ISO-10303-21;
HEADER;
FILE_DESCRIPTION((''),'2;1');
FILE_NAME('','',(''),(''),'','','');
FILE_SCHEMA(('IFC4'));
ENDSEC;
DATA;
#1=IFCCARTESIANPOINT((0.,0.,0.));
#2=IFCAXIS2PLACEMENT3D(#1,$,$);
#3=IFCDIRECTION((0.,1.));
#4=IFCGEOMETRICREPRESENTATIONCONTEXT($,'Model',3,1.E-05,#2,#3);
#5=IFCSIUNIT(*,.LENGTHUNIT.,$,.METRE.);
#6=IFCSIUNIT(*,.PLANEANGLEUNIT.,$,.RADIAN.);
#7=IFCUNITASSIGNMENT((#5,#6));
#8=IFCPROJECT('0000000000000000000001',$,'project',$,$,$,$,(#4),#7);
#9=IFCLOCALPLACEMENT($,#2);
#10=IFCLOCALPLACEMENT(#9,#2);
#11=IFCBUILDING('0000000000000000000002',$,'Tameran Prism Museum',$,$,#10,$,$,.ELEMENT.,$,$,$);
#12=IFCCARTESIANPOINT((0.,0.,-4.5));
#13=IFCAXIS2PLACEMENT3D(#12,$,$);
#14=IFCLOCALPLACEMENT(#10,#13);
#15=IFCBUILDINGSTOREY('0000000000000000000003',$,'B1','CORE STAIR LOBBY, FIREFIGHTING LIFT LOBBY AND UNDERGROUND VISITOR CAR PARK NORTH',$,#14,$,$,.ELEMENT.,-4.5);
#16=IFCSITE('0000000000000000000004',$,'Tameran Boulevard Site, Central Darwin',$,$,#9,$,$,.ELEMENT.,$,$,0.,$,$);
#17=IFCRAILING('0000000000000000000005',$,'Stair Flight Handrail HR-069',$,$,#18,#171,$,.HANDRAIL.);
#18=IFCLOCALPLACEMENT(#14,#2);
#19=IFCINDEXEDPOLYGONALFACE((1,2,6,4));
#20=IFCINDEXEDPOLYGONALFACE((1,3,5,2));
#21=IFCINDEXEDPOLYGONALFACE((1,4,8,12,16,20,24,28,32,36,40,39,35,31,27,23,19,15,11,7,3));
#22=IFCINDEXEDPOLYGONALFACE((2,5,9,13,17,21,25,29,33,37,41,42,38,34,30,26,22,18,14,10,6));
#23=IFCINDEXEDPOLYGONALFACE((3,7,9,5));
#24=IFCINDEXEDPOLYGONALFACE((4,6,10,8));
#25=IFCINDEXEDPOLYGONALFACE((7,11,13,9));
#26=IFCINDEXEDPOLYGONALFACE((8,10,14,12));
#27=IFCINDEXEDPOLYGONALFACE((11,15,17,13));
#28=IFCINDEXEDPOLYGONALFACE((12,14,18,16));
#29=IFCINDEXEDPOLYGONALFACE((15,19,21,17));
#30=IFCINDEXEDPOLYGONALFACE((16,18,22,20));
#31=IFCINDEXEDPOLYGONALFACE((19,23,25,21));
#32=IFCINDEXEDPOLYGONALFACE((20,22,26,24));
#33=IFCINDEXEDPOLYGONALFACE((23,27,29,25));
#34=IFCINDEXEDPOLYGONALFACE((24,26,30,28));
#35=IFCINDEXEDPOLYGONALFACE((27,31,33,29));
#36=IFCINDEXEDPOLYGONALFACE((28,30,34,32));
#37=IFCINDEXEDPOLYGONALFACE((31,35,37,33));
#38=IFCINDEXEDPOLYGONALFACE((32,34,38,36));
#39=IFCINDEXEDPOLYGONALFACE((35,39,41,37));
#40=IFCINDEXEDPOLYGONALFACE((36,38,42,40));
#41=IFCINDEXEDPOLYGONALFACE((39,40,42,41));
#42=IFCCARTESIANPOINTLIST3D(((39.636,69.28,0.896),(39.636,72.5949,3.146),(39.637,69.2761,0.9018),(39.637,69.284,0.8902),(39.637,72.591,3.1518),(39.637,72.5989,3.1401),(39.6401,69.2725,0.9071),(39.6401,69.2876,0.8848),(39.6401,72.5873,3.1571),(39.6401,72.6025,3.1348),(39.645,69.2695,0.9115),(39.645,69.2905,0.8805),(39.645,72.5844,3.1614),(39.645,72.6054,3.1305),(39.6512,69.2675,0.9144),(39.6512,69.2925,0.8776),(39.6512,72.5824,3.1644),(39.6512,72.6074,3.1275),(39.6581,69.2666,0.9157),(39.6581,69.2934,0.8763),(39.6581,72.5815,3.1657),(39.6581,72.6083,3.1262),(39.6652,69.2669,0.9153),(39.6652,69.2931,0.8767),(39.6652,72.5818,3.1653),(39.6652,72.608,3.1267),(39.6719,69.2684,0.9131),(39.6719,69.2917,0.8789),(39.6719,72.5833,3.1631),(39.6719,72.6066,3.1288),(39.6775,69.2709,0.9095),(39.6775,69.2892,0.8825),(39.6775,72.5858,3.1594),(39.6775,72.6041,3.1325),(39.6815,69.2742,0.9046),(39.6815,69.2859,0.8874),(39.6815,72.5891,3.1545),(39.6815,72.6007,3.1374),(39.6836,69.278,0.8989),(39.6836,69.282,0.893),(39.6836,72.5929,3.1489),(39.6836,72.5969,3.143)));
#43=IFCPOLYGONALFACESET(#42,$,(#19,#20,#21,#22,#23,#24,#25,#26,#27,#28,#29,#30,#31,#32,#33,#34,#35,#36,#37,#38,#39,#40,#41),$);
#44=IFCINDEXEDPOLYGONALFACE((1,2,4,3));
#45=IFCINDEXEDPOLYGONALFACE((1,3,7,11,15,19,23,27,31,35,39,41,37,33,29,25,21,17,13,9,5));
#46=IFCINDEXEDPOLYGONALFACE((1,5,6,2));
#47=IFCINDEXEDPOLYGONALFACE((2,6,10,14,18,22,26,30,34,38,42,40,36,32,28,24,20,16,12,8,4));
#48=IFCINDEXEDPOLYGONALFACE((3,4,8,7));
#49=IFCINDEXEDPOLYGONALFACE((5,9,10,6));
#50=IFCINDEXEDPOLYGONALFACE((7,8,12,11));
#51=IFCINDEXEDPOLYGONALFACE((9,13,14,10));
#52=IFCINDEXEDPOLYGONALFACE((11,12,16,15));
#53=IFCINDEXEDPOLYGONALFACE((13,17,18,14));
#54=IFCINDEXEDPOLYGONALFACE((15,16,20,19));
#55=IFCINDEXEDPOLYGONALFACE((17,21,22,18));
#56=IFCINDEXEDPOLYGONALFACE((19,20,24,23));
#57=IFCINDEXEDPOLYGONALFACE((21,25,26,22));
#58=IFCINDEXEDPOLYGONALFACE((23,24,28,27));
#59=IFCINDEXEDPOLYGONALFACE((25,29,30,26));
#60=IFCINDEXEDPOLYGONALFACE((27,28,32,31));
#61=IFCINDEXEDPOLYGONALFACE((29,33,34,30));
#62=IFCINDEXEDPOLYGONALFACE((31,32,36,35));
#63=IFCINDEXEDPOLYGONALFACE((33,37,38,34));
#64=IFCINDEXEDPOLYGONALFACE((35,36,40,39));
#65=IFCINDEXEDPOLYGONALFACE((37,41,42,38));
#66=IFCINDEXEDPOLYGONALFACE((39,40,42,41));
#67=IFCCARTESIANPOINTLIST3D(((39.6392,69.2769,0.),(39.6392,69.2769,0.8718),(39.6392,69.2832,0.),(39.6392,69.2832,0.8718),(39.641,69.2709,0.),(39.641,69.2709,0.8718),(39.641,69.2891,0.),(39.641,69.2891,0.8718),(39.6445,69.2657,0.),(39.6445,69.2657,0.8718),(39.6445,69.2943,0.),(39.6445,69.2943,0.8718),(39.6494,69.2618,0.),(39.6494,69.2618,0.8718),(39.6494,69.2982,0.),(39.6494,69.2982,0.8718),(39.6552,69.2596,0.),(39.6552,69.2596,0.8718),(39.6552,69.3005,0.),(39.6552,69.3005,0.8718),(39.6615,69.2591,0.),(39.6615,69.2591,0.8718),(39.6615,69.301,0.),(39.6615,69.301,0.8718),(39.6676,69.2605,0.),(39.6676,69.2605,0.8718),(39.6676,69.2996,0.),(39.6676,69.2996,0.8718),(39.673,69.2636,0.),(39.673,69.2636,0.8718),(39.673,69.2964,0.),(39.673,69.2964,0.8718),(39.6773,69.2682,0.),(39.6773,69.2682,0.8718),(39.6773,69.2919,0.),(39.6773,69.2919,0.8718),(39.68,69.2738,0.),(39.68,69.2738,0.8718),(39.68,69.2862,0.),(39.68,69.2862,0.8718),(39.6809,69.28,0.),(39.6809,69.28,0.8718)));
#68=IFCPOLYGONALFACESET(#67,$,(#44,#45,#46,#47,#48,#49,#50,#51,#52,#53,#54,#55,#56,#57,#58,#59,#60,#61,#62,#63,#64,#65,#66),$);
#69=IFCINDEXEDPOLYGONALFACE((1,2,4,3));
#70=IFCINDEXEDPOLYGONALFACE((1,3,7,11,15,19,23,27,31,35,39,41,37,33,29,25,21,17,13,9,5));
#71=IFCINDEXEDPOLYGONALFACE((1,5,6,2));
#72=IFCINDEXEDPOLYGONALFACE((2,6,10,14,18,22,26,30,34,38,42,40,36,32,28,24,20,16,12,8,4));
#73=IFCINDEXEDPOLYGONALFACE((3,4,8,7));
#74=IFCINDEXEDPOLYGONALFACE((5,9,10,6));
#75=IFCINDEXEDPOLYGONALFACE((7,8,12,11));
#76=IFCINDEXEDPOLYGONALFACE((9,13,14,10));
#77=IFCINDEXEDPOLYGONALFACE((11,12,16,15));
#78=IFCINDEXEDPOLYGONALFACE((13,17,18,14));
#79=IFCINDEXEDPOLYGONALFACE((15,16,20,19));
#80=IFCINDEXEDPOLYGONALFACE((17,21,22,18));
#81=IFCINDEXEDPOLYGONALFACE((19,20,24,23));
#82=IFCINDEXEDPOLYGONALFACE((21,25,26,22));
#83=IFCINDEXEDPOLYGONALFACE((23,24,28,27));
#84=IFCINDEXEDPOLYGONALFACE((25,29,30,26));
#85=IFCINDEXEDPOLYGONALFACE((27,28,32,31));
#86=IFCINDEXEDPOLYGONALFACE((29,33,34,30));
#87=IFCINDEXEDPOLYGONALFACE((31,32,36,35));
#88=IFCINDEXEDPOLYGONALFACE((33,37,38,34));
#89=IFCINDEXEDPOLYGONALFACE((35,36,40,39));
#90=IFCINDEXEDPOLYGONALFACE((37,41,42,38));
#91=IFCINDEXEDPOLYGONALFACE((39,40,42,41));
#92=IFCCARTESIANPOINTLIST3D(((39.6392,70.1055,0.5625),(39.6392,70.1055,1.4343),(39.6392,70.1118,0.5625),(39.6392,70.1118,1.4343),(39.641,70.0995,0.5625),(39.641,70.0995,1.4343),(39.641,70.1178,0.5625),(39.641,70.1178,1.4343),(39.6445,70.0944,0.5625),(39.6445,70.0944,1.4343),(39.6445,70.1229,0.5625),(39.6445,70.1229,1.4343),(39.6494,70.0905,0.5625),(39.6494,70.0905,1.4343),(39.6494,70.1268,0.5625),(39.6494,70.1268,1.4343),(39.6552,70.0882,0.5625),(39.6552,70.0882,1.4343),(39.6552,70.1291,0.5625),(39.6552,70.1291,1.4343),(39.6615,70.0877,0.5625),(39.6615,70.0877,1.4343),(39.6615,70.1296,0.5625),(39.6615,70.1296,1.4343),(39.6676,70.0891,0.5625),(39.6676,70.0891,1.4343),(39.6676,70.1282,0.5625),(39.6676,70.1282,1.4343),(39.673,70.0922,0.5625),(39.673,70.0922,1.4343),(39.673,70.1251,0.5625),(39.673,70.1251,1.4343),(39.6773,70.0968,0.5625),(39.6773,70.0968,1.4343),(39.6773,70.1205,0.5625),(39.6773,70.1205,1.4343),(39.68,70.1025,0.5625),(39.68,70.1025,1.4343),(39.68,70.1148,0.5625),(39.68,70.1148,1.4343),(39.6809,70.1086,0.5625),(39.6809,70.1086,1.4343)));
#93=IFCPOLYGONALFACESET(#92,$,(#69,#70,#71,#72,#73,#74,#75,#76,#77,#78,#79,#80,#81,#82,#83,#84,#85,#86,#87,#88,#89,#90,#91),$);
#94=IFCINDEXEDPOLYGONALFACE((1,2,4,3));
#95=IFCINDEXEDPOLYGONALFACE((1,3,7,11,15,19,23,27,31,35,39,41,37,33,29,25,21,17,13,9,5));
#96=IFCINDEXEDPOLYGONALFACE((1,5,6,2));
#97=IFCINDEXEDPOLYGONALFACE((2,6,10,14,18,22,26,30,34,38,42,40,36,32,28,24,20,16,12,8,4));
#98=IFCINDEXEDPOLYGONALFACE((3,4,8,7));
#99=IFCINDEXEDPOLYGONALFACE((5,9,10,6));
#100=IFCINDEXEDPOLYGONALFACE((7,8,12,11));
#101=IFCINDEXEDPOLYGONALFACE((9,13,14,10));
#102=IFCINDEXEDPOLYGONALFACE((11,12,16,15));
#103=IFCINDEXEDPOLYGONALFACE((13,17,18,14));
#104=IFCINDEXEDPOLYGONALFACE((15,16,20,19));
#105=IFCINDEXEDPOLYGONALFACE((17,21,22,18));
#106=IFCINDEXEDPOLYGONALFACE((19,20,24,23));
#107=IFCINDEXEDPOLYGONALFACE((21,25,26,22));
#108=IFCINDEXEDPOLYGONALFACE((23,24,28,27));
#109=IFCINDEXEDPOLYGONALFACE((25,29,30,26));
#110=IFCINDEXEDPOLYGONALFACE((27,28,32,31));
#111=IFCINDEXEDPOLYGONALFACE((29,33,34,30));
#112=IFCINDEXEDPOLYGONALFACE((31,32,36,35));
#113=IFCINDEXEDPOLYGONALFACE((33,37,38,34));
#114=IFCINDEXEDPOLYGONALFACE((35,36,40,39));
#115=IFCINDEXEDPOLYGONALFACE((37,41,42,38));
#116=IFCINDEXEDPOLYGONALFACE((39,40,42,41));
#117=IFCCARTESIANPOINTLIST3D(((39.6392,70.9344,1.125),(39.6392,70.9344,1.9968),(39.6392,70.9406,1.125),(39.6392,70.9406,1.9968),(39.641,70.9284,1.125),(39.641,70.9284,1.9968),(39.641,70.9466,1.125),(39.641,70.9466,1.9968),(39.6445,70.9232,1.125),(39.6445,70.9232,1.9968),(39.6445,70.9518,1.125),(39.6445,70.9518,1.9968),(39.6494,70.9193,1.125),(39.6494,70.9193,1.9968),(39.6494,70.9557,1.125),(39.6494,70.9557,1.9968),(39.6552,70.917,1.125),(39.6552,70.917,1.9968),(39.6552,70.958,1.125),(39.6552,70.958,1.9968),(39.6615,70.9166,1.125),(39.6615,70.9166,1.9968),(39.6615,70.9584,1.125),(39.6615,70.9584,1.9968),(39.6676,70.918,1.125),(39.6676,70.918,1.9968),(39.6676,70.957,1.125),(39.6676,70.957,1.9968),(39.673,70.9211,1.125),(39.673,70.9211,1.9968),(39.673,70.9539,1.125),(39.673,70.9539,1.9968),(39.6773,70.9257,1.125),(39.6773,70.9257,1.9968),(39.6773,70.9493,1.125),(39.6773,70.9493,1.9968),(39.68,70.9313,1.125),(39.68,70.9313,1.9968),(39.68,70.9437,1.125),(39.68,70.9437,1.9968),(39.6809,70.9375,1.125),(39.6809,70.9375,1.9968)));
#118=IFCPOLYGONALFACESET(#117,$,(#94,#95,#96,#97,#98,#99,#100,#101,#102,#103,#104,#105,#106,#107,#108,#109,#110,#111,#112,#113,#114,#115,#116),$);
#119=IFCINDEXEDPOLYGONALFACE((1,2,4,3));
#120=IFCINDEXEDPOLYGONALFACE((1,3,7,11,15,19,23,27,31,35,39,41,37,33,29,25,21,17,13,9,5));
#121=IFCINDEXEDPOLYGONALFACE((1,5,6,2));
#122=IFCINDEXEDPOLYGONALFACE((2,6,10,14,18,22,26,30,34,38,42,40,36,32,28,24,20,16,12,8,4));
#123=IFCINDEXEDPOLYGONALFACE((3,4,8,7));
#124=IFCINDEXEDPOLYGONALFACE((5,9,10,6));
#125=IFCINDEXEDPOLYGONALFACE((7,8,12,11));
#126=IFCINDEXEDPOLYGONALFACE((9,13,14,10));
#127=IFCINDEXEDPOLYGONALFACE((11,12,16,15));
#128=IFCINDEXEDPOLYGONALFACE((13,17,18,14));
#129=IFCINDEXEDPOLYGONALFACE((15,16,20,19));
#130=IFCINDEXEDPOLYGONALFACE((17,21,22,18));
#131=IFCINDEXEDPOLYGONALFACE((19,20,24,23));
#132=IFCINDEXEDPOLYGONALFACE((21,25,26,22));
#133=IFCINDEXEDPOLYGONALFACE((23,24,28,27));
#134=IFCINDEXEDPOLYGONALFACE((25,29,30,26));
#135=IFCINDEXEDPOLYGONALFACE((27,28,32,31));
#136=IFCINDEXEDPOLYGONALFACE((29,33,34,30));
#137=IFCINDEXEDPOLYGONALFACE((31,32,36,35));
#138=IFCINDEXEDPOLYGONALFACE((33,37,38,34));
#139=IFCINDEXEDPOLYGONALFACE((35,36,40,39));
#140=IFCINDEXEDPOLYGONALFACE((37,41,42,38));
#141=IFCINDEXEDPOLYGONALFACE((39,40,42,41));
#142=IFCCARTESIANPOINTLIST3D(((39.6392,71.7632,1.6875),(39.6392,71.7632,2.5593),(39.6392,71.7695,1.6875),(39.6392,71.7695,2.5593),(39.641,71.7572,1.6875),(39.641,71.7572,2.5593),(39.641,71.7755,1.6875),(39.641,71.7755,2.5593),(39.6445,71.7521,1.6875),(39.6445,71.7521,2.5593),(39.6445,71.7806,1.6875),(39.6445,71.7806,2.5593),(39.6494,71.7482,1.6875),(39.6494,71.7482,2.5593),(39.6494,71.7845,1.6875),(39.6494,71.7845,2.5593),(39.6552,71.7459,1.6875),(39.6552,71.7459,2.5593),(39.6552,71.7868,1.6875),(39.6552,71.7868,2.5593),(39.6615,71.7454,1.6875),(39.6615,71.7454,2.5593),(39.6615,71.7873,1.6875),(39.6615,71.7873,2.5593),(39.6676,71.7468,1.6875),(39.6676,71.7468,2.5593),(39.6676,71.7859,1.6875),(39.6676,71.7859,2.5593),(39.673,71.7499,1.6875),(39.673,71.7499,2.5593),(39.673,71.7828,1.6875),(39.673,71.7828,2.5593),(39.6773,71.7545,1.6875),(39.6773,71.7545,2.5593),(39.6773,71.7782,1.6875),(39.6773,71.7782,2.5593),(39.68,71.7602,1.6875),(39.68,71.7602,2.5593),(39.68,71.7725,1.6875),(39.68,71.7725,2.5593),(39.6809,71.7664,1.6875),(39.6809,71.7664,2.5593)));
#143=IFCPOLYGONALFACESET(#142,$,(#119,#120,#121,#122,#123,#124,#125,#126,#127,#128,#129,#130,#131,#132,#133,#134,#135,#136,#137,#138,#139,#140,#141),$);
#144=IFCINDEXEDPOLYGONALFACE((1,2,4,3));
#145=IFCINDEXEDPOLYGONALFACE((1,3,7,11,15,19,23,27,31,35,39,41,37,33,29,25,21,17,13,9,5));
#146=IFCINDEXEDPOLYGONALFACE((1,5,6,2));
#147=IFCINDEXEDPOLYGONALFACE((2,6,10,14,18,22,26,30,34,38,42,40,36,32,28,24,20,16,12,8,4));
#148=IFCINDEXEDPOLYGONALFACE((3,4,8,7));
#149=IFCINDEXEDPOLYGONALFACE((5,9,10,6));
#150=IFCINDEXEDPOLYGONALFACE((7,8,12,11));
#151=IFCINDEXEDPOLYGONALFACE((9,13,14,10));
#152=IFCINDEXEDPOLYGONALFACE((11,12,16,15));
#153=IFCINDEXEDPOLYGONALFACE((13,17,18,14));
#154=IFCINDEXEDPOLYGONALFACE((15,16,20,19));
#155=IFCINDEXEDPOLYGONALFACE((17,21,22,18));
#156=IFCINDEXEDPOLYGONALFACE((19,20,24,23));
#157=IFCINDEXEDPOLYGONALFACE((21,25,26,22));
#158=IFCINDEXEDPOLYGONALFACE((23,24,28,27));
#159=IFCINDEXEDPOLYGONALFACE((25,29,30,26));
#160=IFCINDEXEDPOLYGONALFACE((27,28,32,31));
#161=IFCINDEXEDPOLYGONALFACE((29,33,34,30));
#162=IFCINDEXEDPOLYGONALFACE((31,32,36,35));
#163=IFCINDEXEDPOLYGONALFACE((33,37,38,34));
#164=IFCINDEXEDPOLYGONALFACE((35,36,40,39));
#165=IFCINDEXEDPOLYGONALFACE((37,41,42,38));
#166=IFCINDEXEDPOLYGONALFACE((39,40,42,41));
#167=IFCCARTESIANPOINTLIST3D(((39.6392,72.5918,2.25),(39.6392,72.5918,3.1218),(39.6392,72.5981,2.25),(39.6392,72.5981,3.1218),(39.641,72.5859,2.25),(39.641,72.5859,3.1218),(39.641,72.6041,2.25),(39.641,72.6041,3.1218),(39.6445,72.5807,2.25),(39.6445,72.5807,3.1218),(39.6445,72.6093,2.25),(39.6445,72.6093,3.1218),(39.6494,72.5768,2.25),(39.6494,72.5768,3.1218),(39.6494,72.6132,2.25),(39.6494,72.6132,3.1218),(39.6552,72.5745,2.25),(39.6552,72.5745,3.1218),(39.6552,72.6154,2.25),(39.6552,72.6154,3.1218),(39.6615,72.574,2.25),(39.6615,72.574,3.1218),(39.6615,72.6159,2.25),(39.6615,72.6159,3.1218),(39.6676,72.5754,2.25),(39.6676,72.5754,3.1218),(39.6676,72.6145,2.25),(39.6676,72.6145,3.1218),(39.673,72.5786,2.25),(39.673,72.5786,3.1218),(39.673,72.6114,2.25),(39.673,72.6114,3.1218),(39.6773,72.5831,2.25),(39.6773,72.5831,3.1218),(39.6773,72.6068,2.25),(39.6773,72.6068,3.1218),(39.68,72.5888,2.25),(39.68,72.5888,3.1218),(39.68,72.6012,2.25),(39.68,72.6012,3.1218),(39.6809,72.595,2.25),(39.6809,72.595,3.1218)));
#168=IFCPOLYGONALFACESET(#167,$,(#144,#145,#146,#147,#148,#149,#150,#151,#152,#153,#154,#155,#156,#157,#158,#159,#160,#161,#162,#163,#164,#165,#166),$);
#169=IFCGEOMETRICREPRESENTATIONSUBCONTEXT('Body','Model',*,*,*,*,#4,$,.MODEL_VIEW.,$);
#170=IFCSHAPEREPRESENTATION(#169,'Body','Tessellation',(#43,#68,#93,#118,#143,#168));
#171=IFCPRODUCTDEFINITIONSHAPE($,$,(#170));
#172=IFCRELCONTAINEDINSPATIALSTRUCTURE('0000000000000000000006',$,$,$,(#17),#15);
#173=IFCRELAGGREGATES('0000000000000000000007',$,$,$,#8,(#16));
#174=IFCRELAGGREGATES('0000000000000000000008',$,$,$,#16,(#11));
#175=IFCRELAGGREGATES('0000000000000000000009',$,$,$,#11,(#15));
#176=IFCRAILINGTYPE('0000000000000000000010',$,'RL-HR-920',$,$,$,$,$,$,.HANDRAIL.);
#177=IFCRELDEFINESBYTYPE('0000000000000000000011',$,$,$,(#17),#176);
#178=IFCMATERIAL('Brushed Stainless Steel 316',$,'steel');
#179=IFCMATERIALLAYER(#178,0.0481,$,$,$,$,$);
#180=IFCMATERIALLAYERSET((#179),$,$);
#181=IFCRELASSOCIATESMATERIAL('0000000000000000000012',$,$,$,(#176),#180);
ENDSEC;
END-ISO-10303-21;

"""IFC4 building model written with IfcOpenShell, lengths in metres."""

from ifc_helpers import new_model, si_unit, direction, frame, origin, origin_2d, place, context, subcontext, project, spatial, circle, extrude, material, layer, layer_set, type_object, element, save


model = new_model("IFC4")

# Units and contexts
model_context = context("Model", 3, precision=1e-05, world=origin(), true_north=direction((0.0, 1.0)))
body_context = subcontext(model_context, "Body", "Model", "MODEL_VIEW")
ifc_project = project(units=[si_unit("LENGTHUNIT", "METRE"), si_unit("PLANEANGLEUNIT", "RADIAN")], contexts=[model_context])

# Site, building, storey
site_placement = place(None, origin())
site = spatial("IfcSite", under=ifc_project, at=site_placement, Name="Tameran Boulevard Site, Central Darwin", CompositionType="ELEMENT", RefElevation=0.0)
building_placement = place(site_placement, origin())
building = spatial("IfcBuilding", under=site, at=building_placement, Name="Tameran Prism Museum", CompositionType="ELEMENT")
storey_placement = place(building_placement, frame((0.0, 0.0, -4.5)))
storey = spatial("IfcBuildingStorey", under=building, at=storey_placement, Name="B1", Description="CORE STAIR LOBBY, FIREFIGHTING LIFT LOBBY AND UNDERGROUND VISITOR CAR PARK NORTH", CompositionType="ELEMENT", Elevation=-4.5)

# Railing
ifc_material_1 = material(Name="Brushed Stainless Steel 316", Category="steel")
ifc_layer_1 = layer(ifc_material_1, 0.0481)
ifc_layer_set_1 = layer_set([ifc_layer_1])
railing_type_1 = type_object("IfcRailingType", Name="RL-HR-920", PredefinedType="HANDRAIL", material=ifc_layer_set_1)
railing_1_placement = place(storey_placement, frame((39.6599, 69.28, 0.0)))
element("IfcRailing", 1, at=railing_1_placement, inside=storey, type_object=railing_type_1, Name="Stair Flight Handrail HR-069", PredefinedType="HANDRAIL", context=body_context, shape_type="SweptSolid", body=[
    extrude(circle(Radius=0.0239, at=origin_2d()), frame((0.0, 0.0, 0.896), z_axis=(0.0, 0.827409, 0.5616), x_axis=(-1.0, 0.0, 0.0)), (0.0, 0.0, 1.0), 4.0063),
    extrude(circle(Radius=0.021, at=origin_2d()), origin(), (0.0, 0.0, 1.0), 0.8718),
    extrude(circle(Radius=0.021, at=origin_2d()), frame((0.0, 0.8286, 0.5625)), (0.0, 0.0, 1.0), 0.8718),
    extrude(circle(Radius=0.021, at=origin_2d()), frame((0.0, 1.6575, 1.125)), (0.0, 0.0, 1.0), 0.8718),
    extrude(circle(Radius=0.021, at=origin_2d()), frame((0.0, 2.4863, 1.6875)), (0.0, 0.0, 1.0), 0.8718),
    extrude(circle(Radius=0.021, at=origin_2d()), frame((0.0, 3.3149, 2.25)), (0.0, 0.0, 1.0), 0.8718),
])

save(model, "model.ifc")
